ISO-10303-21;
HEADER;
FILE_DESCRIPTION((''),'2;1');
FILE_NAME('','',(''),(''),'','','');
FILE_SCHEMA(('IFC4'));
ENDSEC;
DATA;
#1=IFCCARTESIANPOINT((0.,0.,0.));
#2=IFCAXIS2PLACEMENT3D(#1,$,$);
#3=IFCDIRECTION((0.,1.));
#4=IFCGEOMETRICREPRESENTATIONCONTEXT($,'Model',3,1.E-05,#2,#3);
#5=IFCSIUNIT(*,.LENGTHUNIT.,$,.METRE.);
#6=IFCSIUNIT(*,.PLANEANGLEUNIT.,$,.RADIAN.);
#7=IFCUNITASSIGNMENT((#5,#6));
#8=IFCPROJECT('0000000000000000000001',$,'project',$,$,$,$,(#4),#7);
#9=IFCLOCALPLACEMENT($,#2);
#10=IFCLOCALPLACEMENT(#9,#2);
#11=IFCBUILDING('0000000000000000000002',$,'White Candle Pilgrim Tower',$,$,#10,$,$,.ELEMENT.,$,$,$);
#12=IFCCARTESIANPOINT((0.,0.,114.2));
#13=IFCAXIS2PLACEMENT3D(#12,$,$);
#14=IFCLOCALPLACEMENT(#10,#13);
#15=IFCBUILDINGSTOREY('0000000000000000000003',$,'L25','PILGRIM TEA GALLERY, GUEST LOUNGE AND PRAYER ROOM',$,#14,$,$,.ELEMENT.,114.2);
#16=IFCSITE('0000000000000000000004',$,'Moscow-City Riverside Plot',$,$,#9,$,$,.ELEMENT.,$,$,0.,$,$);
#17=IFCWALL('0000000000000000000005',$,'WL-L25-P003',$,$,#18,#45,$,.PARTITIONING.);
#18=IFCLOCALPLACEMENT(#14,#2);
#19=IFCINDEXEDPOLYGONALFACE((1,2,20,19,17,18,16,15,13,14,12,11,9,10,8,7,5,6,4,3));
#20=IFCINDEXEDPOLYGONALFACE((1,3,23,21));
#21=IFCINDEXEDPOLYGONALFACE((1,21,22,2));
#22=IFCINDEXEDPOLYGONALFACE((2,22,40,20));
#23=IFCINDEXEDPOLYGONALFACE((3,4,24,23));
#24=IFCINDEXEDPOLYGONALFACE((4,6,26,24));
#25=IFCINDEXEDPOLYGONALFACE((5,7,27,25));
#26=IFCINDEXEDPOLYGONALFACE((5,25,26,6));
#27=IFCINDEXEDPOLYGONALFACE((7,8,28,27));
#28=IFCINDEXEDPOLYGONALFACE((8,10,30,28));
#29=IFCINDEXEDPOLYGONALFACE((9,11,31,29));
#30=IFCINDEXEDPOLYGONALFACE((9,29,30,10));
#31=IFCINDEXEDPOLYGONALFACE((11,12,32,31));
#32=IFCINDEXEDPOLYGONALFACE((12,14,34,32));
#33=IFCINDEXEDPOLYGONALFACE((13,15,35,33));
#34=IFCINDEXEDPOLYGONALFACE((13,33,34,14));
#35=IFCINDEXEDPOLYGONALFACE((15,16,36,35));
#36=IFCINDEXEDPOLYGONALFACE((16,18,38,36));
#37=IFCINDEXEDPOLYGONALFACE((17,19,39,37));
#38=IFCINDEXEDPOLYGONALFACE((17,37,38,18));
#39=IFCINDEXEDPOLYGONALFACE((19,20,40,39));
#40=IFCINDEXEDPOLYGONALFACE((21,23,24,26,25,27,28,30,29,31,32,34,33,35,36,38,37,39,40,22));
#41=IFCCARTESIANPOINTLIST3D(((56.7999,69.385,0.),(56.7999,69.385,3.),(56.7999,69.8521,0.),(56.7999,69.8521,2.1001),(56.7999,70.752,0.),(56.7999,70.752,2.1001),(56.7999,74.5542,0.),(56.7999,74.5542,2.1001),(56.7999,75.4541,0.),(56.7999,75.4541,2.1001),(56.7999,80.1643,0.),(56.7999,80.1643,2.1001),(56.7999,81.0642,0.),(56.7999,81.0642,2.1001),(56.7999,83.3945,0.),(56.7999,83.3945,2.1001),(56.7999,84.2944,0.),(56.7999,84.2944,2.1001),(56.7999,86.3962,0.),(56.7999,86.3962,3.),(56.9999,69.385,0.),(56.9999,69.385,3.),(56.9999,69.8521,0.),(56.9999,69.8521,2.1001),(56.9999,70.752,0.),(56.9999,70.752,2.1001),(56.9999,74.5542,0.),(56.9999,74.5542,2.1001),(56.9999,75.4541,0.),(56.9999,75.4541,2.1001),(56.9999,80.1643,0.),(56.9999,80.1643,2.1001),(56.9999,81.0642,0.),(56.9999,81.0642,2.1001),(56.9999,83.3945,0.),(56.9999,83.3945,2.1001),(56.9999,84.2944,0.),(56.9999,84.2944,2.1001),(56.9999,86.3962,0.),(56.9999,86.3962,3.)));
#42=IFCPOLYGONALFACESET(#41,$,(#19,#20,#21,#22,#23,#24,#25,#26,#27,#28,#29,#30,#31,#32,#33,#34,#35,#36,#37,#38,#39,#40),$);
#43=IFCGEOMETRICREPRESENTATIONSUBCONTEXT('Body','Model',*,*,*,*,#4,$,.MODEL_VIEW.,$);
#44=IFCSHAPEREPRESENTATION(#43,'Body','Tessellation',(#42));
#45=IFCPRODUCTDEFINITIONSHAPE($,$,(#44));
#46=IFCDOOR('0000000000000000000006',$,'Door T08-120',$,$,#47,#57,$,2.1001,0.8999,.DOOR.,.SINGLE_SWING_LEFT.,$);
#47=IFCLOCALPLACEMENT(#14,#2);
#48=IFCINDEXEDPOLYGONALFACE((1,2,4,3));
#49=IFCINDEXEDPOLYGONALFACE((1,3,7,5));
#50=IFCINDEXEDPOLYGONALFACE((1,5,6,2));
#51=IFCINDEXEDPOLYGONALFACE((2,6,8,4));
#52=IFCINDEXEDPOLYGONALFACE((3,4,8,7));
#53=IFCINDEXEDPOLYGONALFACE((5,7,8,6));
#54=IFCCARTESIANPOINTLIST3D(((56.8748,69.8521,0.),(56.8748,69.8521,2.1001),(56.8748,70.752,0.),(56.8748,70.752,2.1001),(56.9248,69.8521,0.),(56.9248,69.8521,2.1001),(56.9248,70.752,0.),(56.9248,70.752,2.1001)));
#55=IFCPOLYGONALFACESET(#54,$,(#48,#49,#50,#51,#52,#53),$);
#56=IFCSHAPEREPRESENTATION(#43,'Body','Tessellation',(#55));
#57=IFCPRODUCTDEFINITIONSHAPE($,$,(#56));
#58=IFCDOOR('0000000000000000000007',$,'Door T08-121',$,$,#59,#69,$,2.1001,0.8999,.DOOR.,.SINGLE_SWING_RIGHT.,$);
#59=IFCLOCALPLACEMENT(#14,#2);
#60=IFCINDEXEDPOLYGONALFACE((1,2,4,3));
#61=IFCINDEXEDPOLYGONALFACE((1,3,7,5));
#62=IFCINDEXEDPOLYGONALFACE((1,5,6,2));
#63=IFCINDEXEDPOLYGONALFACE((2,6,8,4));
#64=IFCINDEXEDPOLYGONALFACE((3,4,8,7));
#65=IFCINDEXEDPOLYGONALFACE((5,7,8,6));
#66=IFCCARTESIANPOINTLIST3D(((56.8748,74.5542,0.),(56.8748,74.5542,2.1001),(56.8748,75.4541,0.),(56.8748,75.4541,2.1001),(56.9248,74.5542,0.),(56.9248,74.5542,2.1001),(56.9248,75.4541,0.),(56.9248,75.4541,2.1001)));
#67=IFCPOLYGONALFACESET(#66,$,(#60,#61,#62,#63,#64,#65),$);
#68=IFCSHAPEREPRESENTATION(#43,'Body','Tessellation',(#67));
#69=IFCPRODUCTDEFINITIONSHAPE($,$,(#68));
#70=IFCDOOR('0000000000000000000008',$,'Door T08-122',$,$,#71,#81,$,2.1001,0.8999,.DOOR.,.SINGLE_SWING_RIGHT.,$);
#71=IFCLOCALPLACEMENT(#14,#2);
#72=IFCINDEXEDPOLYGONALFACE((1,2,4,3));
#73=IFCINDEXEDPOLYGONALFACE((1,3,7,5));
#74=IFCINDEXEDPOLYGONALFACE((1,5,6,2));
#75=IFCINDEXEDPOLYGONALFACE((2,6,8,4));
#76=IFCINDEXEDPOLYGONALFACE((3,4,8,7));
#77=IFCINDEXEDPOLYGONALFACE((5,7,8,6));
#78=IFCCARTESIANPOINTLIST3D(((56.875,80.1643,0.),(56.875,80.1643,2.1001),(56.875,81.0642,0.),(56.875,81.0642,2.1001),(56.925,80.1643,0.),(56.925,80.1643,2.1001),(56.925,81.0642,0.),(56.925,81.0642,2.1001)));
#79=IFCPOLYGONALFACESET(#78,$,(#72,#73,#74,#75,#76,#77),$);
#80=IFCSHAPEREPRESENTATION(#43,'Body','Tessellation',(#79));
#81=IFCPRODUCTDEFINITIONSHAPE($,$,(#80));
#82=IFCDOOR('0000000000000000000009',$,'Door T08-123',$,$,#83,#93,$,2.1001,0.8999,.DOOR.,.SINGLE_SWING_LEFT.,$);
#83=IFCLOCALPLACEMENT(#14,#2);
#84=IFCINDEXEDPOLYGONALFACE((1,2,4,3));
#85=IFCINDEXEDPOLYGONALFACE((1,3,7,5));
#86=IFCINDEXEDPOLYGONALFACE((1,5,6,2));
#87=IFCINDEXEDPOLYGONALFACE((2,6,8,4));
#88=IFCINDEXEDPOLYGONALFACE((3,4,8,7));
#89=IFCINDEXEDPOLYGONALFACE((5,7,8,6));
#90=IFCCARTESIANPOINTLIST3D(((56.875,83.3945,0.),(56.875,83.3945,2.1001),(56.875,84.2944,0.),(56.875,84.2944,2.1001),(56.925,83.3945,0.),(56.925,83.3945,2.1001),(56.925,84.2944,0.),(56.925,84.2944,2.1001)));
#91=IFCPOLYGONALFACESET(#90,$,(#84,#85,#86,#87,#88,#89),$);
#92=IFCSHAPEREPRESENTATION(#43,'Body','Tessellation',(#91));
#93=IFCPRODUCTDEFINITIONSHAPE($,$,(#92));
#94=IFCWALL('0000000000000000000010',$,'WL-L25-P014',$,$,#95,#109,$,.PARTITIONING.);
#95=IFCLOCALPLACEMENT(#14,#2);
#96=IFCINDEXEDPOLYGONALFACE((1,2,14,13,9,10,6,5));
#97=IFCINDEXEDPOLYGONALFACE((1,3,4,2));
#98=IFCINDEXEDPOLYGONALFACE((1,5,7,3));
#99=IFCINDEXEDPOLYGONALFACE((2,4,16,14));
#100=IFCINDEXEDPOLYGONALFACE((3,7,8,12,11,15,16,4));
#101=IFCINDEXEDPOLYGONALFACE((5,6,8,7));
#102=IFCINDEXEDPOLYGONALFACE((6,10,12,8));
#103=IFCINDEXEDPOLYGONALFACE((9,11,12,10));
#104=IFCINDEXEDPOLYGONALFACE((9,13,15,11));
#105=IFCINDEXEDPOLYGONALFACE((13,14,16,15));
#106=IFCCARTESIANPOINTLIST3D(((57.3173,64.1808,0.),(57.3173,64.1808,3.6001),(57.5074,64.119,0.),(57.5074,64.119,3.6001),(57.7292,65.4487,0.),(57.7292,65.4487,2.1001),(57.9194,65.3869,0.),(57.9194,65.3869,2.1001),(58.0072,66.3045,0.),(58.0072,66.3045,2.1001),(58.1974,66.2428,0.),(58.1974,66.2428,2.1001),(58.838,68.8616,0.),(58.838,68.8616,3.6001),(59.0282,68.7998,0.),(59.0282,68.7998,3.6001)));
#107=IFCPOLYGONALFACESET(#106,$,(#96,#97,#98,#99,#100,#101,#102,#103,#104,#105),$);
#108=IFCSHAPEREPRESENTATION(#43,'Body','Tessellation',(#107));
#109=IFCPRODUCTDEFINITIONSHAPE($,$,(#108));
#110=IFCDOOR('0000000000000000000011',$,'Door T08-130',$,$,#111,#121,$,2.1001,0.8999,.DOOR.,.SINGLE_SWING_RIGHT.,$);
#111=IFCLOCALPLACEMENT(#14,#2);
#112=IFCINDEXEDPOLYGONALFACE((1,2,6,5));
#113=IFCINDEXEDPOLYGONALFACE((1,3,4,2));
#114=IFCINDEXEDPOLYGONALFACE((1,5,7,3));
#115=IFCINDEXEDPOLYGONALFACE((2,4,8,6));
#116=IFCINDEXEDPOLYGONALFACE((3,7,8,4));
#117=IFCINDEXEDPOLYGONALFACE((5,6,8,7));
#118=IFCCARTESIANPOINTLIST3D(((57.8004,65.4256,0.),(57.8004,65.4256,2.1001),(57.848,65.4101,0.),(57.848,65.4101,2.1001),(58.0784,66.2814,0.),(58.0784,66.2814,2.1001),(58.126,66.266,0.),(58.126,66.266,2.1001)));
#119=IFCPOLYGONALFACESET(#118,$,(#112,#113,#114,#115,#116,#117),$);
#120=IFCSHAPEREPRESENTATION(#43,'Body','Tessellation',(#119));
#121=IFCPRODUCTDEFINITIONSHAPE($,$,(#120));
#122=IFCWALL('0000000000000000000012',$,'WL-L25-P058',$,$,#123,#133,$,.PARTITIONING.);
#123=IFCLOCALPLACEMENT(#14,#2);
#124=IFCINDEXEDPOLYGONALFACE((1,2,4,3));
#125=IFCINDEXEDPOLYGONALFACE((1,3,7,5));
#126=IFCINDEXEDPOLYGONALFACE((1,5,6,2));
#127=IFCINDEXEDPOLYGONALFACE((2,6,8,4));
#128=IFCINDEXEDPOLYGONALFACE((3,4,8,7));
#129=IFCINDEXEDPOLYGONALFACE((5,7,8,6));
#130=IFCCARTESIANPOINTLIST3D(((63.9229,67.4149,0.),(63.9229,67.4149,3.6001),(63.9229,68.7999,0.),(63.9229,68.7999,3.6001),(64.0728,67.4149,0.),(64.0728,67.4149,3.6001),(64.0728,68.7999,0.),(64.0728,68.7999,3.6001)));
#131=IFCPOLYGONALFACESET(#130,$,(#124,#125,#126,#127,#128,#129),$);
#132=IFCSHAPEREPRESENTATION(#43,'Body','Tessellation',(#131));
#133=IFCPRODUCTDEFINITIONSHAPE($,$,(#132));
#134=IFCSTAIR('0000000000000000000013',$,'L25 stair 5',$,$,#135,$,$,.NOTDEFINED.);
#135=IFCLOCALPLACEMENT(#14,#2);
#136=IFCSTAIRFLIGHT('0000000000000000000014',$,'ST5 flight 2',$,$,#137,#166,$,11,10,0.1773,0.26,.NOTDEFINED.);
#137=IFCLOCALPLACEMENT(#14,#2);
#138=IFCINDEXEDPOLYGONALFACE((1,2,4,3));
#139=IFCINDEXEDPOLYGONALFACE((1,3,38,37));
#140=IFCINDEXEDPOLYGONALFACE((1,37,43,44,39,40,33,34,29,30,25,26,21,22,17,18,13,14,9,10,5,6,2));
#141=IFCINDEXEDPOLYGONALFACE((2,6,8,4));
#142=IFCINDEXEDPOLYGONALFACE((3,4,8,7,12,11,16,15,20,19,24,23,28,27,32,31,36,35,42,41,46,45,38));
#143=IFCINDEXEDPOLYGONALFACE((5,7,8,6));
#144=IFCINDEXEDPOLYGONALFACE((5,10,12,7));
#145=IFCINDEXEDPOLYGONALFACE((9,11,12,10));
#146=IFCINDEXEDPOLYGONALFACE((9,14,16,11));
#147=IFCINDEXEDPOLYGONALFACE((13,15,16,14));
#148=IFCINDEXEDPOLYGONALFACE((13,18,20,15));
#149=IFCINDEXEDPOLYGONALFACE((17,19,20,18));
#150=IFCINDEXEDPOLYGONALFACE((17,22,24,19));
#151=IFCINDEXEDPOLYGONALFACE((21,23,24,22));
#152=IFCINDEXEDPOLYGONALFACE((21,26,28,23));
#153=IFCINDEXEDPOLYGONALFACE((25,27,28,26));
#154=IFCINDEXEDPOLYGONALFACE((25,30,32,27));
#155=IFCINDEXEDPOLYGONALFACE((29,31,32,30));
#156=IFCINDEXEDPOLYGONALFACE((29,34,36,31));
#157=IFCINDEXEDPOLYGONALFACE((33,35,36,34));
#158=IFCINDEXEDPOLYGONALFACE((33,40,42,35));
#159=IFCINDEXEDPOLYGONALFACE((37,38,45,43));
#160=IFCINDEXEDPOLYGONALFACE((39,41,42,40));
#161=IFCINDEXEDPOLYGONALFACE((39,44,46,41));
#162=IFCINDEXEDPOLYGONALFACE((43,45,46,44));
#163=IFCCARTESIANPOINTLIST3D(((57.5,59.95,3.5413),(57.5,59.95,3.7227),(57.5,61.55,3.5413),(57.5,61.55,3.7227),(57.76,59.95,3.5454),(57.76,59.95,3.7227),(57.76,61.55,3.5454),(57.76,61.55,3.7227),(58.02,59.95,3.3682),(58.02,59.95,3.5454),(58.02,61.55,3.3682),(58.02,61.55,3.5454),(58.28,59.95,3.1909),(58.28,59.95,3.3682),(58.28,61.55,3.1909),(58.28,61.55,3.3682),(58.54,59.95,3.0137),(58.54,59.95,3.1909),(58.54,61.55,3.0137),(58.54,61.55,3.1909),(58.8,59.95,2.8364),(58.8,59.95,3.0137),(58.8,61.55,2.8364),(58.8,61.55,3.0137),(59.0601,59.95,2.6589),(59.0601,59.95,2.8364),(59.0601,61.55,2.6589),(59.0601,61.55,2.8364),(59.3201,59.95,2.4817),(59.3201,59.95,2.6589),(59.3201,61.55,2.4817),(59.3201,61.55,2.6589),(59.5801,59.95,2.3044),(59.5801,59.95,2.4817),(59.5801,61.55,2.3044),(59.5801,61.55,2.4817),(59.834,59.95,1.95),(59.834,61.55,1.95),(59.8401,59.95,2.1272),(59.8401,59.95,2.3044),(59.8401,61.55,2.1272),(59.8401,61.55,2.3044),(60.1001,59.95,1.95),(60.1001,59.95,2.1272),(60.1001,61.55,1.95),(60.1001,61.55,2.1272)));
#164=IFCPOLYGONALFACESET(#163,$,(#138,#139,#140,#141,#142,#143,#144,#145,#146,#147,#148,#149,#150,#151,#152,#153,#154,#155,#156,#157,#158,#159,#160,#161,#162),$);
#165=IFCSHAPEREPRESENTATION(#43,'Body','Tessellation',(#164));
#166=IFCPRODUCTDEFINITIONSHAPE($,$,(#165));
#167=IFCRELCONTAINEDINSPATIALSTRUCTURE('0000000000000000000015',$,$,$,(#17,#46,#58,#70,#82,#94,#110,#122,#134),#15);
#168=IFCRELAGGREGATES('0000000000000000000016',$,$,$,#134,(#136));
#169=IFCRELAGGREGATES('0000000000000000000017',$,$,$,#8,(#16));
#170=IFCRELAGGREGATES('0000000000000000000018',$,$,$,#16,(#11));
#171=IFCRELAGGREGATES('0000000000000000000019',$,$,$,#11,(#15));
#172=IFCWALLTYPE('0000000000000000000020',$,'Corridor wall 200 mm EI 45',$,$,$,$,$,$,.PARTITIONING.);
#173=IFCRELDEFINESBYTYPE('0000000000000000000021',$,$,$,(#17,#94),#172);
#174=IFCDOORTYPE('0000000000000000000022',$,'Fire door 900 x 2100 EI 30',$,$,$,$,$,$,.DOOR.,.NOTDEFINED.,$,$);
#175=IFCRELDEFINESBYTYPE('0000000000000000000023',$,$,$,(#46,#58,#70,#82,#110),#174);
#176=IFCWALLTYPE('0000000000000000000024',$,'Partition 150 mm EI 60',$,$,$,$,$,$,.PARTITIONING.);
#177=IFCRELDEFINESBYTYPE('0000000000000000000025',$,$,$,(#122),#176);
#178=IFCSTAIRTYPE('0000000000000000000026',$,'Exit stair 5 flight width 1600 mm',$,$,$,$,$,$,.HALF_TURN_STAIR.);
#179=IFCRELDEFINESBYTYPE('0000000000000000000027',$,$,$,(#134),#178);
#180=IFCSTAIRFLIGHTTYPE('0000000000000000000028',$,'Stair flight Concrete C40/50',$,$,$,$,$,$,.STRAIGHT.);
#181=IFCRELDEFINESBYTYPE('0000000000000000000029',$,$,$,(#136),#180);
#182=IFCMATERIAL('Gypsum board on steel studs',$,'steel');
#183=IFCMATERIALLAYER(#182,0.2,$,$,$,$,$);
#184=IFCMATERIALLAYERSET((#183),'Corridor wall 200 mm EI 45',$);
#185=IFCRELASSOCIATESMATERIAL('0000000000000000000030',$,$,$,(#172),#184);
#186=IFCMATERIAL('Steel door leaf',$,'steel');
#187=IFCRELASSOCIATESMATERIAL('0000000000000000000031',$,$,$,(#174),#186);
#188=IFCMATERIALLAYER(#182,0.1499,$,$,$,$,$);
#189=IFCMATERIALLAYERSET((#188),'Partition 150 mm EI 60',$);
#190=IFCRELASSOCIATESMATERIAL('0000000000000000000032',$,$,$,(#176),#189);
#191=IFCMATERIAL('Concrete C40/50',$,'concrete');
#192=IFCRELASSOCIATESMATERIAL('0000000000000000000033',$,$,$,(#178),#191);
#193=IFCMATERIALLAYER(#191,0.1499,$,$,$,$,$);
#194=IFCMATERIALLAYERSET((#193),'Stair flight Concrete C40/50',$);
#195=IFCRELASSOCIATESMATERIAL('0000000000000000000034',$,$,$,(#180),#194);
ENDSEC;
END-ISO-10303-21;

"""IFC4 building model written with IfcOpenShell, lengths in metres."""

from ifc_helpers import new_model, si_unit, direction, frame, frame_2d, origin, place, context, subcontext, project, spatial, polyline, rectangle, outline, extrude, material, layer, layer_set, type_object, element, fill, aggregate, save


model = new_model("IFC4")

# Units and contexts
model_context = context("Model", 3, precision=1e-05, world=origin(), true_north=direction((0.0, 1.0)))
body_context = subcontext(model_context, "Body", "Model", "MODEL_VIEW")
ifc_project = project(units=[si_unit("LENGTHUNIT", "METRE"), si_unit("PLANEANGLEUNIT", "RADIAN")], contexts=[model_context])

# Site, building, storey
site_placement = place(None, origin())
site = spatial("IfcSite", under=ifc_project, at=site_placement, Name="Moscow-City Riverside Plot", CompositionType="ELEMENT", RefElevation=0.0)
building_placement = place(site_placement, origin())
building = spatial("IfcBuilding", under=site, at=building_placement, Name="White Candle Pilgrim Tower", CompositionType="ELEMENT")
storey_placement = place(building_placement, frame((0.0, 0.0, 114.2)))
storey = spatial("IfcBuildingStorey", under=building, at=storey_placement, Name="L25", Description="PILGRIM TEA GALLERY, GUEST LOUNGE AND PRAYER ROOM", CompositionType="ELEMENT", Elevation=114.2)

# Shared definitions
ifc_material_1 = material(Name="Gypsum board on steel studs", Category="steel")
ifc_layer_1 = layer(ifc_material_1, 0.2)
ifc_layer_set_1 = layer_set([ifc_layer_1], Name="Corridor wall 200 mm EI 45")
wall_type_1 = type_object("IfcWallType", Name="Corridor wall 200 mm EI 45", PredefinedType="PARTITIONING", material=ifc_layer_set_1)
ifc_material_2 = material(Name="Steel door leaf", Category="steel")
door_type = type_object("IfcDoorType", Name="Fire door 900 x 2100 EI 30", OperationType="NOTDEFINED", PredefinedType="DOOR", material=ifc_material_2)

# Wall, openings, doors
wall_1_placement = place(storey_placement, frame((56.8999, 69.385, 0.0), z_axis=(0.0, 0.0, 1.0), x_axis=(0.0, 1.0, 0.0)))
wall_1 = element("IfcWall", 1, at=wall_1_placement, inside=storey, type_object=wall_type_1, Name="WL-L25-P003", PredefinedType="PARTITIONING", context=body_context, shape_type="SweptSolid", body=[
    extrude(rectangle(XDim=17.0112, YDim=0.2, at=frame_2d((8.5056, 0.0))), origin(), (0.0, 0.0, 1.0), 3.0),
])
opening_1_placement = place(wall_1_placement, frame((0.467, 0.0, 0.0)))
opening_1 = element("IfcOpeningElement", 2, at=opening_1_placement, cuts=wall_1, PredefinedType="OPENING", context=body_context, shape_type="SweptSolid", body=[
    extrude(rectangle(XDim=0.8999, YDim=2.1001, at=frame_2d((0.45, 1.05))), frame((0.0, 0.1099, 0.0), z_axis=(0.0, -1.0, 0.0), x_axis=(1.0, 0.0, 0.0)), (0.0, 0.0, 1.0), 0.22),
])
opening_2_placement = place(wall_1_placement, frame((5.1692, 0.0, 0.0)))
opening_2 = element("IfcOpeningElement", 3, at=opening_2_placement, cuts=wall_1, PredefinedType="OPENING", context=body_context, shape_type="SweptSolid", body=[
    extrude(rectangle(XDim=0.8999, YDim=2.1001, at=frame_2d((0.45, 1.05))), frame((0.0, 0.1099, 0.0), z_axis=(0.0, -1.0, 0.0), x_axis=(1.0, 0.0, 0.0)), (0.0, 0.0, 1.0), 0.22),
])
opening_3_placement = place(wall_1_placement, frame((10.7793, 0.0, 0.0)))
opening_3 = element("IfcOpeningElement", 4, at=opening_3_placement, cuts=wall_1, PredefinedType="OPENING", context=body_context, shape_type="SweptSolid", body=[
    extrude(rectangle(XDim=0.8999, YDim=2.1001, at=frame_2d((0.45, 1.05))), frame((0.0, 0.1099, 0.0), z_axis=(0.0, -1.0, 0.0), x_axis=(1.0, 0.0, 0.0)), (0.0, 0.0, 1.0), 0.22),
])
opening_4_placement = place(wall_1_placement, frame((14.0095, 0.0, 0.0)))
opening_4 = element("IfcOpeningElement", 5, at=opening_4_placement, cuts=wall_1, PredefinedType="OPENING", context=body_context, shape_type="SweptSolid", body=[
    extrude(rectangle(XDim=0.8999, YDim=2.1001, at=frame_2d((0.45, 1.05))), frame((0.0, 0.1099, 0.0), z_axis=(0.0, -1.0, 0.0), x_axis=(1.0, 0.0, 0.0)), (0.0, 0.0, 1.0), 0.22),
])
door_1_placement = place(opening_1_placement, frame((0.8999, 0.0, 0.0), z_axis=(0.0, 0.0, 1.0), x_axis=(-1.0, 0.0, 0.0)))
door_1 = element("IfcDoor", 6, at=door_1_placement, inside=storey, type_object=door_type, Name="Door T08-120", OperationType="SINGLE_SWING_LEFT", OverallHeight=2.1001, OverallWidth=0.8999, PredefinedType="DOOR", context=body_context, shape_type="SweptSolid", body=[
    extrude(rectangle(XDim=0.8999, YDim=2.1001, at=frame_2d((0.45, 1.05))), frame((0.0, 0.0249, 0.0), z_axis=(0.0, -1.0, 0.0), x_axis=(1.0, 0.0, 0.0)), (0.0, 0.0, 1.0), 0.05),
])
fill(opening_1, door_1)
door_2_placement = place(opening_2_placement, frame((0.8999, 0.0, 0.0), z_axis=(0.0, 0.0, 1.0), x_axis=(-1.0, 0.0, 0.0)))
door_2 = element("IfcDoor", 7, at=door_2_placement, inside=storey, type_object=door_type, Name="Door T08-121", OperationType="SINGLE_SWING_RIGHT", OverallHeight=2.1001, OverallWidth=0.8999, PredefinedType="DOOR", context=body_context, shape_type="SweptSolid", body=[
    extrude(rectangle(XDim=0.8999, YDim=2.1001, at=frame_2d((0.45, 1.05))), frame((0.0, 0.0249, 0.0), z_axis=(0.0, -1.0, 0.0), x_axis=(1.0, 0.0, 0.0)), (0.0, 0.0, 1.0), 0.05),
])
fill(opening_2, door_2)
door_3_placement = place(opening_3_placement, origin())
door_3 = element("IfcDoor", 8, at=door_3_placement, inside=storey, type_object=door_type, Name="Door T08-122", OperationType="SINGLE_SWING_RIGHT", OverallHeight=2.1001, OverallWidth=0.8999, PredefinedType="DOOR", context=body_context, shape_type="SweptSolid", body=[
    extrude(rectangle(XDim=0.8999, YDim=2.1001, at=frame_2d((0.45, 1.05))), frame((0.0, 0.0249, 0.0), z_axis=(0.0, -1.0, 0.0), x_axis=(1.0, 0.0, 0.0)), (0.0, 0.0, 1.0), 0.05),
])
fill(opening_3, door_3)
door_4_placement = place(opening_4_placement, origin())
door_4 = element("IfcDoor", 9, at=door_4_placement, inside=storey, type_object=door_type, Name="Door T08-123", OperationType="SINGLE_SWING_LEFT", OverallHeight=2.1001, OverallWidth=0.8999, PredefinedType="DOOR", context=body_context, shape_type="SweptSolid", body=[
    extrude(rectangle(XDim=0.8999, YDim=2.1001, at=frame_2d((0.45, 1.05))), frame((0.0, 0.0249, 0.0), z_axis=(0.0, -1.0, 0.0), x_axis=(1.0, 0.0, 0.0)), (0.0, 0.0, 1.0), 0.05),
])
fill(opening_4, door_4)

# Wall, opening, door
wall_2_placement = place(storey_placement, frame((58.9331, 68.8308, 0.0), z_axis=(0.0, 0.0, 1.0), x_axis=(-0.308986, -0.951067, 0.0)))
wall_2 = element("IfcWall", 10, at=wall_2_placement, inside=storey, type_object=wall_type_1, Name="WL-L25-P014", PredefinedType="PARTITIONING", context=body_context, shape_type="SweptSolid", body=[
    extrude(rectangle(XDim=4.9216, YDim=0.2, at=frame_2d((2.4609, 0.0))), origin(), (0.0, 0.0, 1.0), 3.6001),
])
opening_5_placement = place(wall_2_placement, frame((2.6887, 0.0, 0.0)))
opening_5 = element("IfcOpeningElement", 11, at=opening_5_placement, cuts=wall_2, PredefinedType="OPENING", context=body_context, shape_type="SweptSolid", body=[
    extrude(rectangle(XDim=0.8999, YDim=2.1001, at=frame_2d((0.45, 1.05))), frame((0.0, 0.1099, 0.0), z_axis=(0.0, -1.0, 0.0), x_axis=(1.0, 0.0, 0.0)), (0.0, 0.0, 1.0), 0.22),
])
door_5_placement = place(opening_5_placement, origin())
door_5 = element("IfcDoor", 12, at=door_5_placement, inside=storey, type_object=door_type, Name="Door T08-130", OperationType="SINGLE_SWING_RIGHT", OverallHeight=2.1001, OverallWidth=0.8999, PredefinedType="DOOR", context=body_context, shape_type="SweptSolid", body=[
    extrude(rectangle(XDim=0.8999, YDim=2.1001, at=frame_2d((0.45, 1.05))), frame((0.0, 0.0249, 0.0), z_axis=(0.0, -1.0, 0.0), x_axis=(1.0, 0.0, 0.0)), (0.0, 0.0, 1.0), 0.05),
])
fill(opening_5, door_5)

# Wall
ifc_layer_2 = layer(ifc_material_1, 0.1499)
ifc_layer_set_2 = layer_set([ifc_layer_2], Name="Partition 150 mm EI 60")
wall_type_2 = type_object("IfcWallType", Name="Partition 150 mm EI 60", PredefinedType="PARTITIONING", material=ifc_layer_set_2)
wall_3_placement = place(storey_placement, frame((63.9978, 67.415, 0.0), z_axis=(0.0, 0.0, 1.0), x_axis=(0.0, 1.0, 0.0)))
element("IfcWall", 13, at=wall_3_placement, inside=storey, type_object=wall_type_2, Name="WL-L25-P058", PredefinedType="PARTITIONING", context=body_context, shape_type="SweptSolid", body=[
    extrude(rectangle(XDim=1.385, YDim=0.1499, at=frame_2d((0.6924, 0.0))), origin(), (0.0, 0.0, 1.0), 3.6001),
])

# Stair, stair flight
ifc_material_3 = material(Name="Concrete C40/50", Category="concrete")
stair_type = type_object("IfcStairType", Name="Exit stair 5 flight width 1600 mm", PredefinedType="HALF_TURN_STAIR", material=ifc_material_3)
stair_placement = place(storey_placement, origin())
stair = element("IfcStair", 14, at=stair_placement, inside=storey, type_object=stair_type, Name="L25 stair 5", PredefinedType="NOTDEFINED")
ifc_layer_3 = layer(ifc_material_3, 0.1499)
ifc_layer_set_3 = layer_set([ifc_layer_3], Name="Stair flight Concrete C40/50")
stair_flight_type = type_object("IfcStairFlightType", Name="Stair flight Concrete C40/50", PredefinedType="STRAIGHT", material=ifc_layer_set_3)
stair_flight_placement = place(storey_placement, frame((60.1001, 60.75, 1.95), z_axis=(0.0, 0.0, 1.0), x_axis=(-1.0, 0.0, 0.0)))
stair_flight = element("IfcStairFlight", 15, at=stair_flight_placement, type_object=stair_flight_type, Name="ST5 flight 2", NumberOfRisers=11, NumberOfTreads=10, PredefinedType="NOTDEFINED", RiserHeight=0.1773, TreadLength=0.26, context=body_context, shape_type="SweptSolid", body=[
    extrude(outline(polyline([(0.0, 0.0), (0.0, 0.1772), (0.26, 0.1772), (0.26, 0.3545), (0.52, 0.3545), (0.52, 0.5317), (0.78, 0.5317), (0.78, 0.709), (1.04, 0.709), (1.04, 0.8865), (1.3, 0.8865), (1.3, 1.0637), (1.5601, 1.0637), (1.5601, 1.241), (1.8201, 1.241), (1.8201, 1.4182), (2.0801, 1.4182), (2.0801, 1.5955), (2.3401, 1.5955), (2.3401, 1.7727), (2.6001, 1.7727), (2.6001, 1.95), (2.6001, 1.5913), (0.2661, 0.0), (0.0, 0.0)])), frame((0.0, 0.8, 0.0), z_axis=(0.0, -1.0, 0.0), x_axis=(1.0, 0.0, 0.0)), (0.0, 0.0, 1.0), 1.6001),
])
aggregate(stair, [stair_flight])

save(model, "model.ifc")
